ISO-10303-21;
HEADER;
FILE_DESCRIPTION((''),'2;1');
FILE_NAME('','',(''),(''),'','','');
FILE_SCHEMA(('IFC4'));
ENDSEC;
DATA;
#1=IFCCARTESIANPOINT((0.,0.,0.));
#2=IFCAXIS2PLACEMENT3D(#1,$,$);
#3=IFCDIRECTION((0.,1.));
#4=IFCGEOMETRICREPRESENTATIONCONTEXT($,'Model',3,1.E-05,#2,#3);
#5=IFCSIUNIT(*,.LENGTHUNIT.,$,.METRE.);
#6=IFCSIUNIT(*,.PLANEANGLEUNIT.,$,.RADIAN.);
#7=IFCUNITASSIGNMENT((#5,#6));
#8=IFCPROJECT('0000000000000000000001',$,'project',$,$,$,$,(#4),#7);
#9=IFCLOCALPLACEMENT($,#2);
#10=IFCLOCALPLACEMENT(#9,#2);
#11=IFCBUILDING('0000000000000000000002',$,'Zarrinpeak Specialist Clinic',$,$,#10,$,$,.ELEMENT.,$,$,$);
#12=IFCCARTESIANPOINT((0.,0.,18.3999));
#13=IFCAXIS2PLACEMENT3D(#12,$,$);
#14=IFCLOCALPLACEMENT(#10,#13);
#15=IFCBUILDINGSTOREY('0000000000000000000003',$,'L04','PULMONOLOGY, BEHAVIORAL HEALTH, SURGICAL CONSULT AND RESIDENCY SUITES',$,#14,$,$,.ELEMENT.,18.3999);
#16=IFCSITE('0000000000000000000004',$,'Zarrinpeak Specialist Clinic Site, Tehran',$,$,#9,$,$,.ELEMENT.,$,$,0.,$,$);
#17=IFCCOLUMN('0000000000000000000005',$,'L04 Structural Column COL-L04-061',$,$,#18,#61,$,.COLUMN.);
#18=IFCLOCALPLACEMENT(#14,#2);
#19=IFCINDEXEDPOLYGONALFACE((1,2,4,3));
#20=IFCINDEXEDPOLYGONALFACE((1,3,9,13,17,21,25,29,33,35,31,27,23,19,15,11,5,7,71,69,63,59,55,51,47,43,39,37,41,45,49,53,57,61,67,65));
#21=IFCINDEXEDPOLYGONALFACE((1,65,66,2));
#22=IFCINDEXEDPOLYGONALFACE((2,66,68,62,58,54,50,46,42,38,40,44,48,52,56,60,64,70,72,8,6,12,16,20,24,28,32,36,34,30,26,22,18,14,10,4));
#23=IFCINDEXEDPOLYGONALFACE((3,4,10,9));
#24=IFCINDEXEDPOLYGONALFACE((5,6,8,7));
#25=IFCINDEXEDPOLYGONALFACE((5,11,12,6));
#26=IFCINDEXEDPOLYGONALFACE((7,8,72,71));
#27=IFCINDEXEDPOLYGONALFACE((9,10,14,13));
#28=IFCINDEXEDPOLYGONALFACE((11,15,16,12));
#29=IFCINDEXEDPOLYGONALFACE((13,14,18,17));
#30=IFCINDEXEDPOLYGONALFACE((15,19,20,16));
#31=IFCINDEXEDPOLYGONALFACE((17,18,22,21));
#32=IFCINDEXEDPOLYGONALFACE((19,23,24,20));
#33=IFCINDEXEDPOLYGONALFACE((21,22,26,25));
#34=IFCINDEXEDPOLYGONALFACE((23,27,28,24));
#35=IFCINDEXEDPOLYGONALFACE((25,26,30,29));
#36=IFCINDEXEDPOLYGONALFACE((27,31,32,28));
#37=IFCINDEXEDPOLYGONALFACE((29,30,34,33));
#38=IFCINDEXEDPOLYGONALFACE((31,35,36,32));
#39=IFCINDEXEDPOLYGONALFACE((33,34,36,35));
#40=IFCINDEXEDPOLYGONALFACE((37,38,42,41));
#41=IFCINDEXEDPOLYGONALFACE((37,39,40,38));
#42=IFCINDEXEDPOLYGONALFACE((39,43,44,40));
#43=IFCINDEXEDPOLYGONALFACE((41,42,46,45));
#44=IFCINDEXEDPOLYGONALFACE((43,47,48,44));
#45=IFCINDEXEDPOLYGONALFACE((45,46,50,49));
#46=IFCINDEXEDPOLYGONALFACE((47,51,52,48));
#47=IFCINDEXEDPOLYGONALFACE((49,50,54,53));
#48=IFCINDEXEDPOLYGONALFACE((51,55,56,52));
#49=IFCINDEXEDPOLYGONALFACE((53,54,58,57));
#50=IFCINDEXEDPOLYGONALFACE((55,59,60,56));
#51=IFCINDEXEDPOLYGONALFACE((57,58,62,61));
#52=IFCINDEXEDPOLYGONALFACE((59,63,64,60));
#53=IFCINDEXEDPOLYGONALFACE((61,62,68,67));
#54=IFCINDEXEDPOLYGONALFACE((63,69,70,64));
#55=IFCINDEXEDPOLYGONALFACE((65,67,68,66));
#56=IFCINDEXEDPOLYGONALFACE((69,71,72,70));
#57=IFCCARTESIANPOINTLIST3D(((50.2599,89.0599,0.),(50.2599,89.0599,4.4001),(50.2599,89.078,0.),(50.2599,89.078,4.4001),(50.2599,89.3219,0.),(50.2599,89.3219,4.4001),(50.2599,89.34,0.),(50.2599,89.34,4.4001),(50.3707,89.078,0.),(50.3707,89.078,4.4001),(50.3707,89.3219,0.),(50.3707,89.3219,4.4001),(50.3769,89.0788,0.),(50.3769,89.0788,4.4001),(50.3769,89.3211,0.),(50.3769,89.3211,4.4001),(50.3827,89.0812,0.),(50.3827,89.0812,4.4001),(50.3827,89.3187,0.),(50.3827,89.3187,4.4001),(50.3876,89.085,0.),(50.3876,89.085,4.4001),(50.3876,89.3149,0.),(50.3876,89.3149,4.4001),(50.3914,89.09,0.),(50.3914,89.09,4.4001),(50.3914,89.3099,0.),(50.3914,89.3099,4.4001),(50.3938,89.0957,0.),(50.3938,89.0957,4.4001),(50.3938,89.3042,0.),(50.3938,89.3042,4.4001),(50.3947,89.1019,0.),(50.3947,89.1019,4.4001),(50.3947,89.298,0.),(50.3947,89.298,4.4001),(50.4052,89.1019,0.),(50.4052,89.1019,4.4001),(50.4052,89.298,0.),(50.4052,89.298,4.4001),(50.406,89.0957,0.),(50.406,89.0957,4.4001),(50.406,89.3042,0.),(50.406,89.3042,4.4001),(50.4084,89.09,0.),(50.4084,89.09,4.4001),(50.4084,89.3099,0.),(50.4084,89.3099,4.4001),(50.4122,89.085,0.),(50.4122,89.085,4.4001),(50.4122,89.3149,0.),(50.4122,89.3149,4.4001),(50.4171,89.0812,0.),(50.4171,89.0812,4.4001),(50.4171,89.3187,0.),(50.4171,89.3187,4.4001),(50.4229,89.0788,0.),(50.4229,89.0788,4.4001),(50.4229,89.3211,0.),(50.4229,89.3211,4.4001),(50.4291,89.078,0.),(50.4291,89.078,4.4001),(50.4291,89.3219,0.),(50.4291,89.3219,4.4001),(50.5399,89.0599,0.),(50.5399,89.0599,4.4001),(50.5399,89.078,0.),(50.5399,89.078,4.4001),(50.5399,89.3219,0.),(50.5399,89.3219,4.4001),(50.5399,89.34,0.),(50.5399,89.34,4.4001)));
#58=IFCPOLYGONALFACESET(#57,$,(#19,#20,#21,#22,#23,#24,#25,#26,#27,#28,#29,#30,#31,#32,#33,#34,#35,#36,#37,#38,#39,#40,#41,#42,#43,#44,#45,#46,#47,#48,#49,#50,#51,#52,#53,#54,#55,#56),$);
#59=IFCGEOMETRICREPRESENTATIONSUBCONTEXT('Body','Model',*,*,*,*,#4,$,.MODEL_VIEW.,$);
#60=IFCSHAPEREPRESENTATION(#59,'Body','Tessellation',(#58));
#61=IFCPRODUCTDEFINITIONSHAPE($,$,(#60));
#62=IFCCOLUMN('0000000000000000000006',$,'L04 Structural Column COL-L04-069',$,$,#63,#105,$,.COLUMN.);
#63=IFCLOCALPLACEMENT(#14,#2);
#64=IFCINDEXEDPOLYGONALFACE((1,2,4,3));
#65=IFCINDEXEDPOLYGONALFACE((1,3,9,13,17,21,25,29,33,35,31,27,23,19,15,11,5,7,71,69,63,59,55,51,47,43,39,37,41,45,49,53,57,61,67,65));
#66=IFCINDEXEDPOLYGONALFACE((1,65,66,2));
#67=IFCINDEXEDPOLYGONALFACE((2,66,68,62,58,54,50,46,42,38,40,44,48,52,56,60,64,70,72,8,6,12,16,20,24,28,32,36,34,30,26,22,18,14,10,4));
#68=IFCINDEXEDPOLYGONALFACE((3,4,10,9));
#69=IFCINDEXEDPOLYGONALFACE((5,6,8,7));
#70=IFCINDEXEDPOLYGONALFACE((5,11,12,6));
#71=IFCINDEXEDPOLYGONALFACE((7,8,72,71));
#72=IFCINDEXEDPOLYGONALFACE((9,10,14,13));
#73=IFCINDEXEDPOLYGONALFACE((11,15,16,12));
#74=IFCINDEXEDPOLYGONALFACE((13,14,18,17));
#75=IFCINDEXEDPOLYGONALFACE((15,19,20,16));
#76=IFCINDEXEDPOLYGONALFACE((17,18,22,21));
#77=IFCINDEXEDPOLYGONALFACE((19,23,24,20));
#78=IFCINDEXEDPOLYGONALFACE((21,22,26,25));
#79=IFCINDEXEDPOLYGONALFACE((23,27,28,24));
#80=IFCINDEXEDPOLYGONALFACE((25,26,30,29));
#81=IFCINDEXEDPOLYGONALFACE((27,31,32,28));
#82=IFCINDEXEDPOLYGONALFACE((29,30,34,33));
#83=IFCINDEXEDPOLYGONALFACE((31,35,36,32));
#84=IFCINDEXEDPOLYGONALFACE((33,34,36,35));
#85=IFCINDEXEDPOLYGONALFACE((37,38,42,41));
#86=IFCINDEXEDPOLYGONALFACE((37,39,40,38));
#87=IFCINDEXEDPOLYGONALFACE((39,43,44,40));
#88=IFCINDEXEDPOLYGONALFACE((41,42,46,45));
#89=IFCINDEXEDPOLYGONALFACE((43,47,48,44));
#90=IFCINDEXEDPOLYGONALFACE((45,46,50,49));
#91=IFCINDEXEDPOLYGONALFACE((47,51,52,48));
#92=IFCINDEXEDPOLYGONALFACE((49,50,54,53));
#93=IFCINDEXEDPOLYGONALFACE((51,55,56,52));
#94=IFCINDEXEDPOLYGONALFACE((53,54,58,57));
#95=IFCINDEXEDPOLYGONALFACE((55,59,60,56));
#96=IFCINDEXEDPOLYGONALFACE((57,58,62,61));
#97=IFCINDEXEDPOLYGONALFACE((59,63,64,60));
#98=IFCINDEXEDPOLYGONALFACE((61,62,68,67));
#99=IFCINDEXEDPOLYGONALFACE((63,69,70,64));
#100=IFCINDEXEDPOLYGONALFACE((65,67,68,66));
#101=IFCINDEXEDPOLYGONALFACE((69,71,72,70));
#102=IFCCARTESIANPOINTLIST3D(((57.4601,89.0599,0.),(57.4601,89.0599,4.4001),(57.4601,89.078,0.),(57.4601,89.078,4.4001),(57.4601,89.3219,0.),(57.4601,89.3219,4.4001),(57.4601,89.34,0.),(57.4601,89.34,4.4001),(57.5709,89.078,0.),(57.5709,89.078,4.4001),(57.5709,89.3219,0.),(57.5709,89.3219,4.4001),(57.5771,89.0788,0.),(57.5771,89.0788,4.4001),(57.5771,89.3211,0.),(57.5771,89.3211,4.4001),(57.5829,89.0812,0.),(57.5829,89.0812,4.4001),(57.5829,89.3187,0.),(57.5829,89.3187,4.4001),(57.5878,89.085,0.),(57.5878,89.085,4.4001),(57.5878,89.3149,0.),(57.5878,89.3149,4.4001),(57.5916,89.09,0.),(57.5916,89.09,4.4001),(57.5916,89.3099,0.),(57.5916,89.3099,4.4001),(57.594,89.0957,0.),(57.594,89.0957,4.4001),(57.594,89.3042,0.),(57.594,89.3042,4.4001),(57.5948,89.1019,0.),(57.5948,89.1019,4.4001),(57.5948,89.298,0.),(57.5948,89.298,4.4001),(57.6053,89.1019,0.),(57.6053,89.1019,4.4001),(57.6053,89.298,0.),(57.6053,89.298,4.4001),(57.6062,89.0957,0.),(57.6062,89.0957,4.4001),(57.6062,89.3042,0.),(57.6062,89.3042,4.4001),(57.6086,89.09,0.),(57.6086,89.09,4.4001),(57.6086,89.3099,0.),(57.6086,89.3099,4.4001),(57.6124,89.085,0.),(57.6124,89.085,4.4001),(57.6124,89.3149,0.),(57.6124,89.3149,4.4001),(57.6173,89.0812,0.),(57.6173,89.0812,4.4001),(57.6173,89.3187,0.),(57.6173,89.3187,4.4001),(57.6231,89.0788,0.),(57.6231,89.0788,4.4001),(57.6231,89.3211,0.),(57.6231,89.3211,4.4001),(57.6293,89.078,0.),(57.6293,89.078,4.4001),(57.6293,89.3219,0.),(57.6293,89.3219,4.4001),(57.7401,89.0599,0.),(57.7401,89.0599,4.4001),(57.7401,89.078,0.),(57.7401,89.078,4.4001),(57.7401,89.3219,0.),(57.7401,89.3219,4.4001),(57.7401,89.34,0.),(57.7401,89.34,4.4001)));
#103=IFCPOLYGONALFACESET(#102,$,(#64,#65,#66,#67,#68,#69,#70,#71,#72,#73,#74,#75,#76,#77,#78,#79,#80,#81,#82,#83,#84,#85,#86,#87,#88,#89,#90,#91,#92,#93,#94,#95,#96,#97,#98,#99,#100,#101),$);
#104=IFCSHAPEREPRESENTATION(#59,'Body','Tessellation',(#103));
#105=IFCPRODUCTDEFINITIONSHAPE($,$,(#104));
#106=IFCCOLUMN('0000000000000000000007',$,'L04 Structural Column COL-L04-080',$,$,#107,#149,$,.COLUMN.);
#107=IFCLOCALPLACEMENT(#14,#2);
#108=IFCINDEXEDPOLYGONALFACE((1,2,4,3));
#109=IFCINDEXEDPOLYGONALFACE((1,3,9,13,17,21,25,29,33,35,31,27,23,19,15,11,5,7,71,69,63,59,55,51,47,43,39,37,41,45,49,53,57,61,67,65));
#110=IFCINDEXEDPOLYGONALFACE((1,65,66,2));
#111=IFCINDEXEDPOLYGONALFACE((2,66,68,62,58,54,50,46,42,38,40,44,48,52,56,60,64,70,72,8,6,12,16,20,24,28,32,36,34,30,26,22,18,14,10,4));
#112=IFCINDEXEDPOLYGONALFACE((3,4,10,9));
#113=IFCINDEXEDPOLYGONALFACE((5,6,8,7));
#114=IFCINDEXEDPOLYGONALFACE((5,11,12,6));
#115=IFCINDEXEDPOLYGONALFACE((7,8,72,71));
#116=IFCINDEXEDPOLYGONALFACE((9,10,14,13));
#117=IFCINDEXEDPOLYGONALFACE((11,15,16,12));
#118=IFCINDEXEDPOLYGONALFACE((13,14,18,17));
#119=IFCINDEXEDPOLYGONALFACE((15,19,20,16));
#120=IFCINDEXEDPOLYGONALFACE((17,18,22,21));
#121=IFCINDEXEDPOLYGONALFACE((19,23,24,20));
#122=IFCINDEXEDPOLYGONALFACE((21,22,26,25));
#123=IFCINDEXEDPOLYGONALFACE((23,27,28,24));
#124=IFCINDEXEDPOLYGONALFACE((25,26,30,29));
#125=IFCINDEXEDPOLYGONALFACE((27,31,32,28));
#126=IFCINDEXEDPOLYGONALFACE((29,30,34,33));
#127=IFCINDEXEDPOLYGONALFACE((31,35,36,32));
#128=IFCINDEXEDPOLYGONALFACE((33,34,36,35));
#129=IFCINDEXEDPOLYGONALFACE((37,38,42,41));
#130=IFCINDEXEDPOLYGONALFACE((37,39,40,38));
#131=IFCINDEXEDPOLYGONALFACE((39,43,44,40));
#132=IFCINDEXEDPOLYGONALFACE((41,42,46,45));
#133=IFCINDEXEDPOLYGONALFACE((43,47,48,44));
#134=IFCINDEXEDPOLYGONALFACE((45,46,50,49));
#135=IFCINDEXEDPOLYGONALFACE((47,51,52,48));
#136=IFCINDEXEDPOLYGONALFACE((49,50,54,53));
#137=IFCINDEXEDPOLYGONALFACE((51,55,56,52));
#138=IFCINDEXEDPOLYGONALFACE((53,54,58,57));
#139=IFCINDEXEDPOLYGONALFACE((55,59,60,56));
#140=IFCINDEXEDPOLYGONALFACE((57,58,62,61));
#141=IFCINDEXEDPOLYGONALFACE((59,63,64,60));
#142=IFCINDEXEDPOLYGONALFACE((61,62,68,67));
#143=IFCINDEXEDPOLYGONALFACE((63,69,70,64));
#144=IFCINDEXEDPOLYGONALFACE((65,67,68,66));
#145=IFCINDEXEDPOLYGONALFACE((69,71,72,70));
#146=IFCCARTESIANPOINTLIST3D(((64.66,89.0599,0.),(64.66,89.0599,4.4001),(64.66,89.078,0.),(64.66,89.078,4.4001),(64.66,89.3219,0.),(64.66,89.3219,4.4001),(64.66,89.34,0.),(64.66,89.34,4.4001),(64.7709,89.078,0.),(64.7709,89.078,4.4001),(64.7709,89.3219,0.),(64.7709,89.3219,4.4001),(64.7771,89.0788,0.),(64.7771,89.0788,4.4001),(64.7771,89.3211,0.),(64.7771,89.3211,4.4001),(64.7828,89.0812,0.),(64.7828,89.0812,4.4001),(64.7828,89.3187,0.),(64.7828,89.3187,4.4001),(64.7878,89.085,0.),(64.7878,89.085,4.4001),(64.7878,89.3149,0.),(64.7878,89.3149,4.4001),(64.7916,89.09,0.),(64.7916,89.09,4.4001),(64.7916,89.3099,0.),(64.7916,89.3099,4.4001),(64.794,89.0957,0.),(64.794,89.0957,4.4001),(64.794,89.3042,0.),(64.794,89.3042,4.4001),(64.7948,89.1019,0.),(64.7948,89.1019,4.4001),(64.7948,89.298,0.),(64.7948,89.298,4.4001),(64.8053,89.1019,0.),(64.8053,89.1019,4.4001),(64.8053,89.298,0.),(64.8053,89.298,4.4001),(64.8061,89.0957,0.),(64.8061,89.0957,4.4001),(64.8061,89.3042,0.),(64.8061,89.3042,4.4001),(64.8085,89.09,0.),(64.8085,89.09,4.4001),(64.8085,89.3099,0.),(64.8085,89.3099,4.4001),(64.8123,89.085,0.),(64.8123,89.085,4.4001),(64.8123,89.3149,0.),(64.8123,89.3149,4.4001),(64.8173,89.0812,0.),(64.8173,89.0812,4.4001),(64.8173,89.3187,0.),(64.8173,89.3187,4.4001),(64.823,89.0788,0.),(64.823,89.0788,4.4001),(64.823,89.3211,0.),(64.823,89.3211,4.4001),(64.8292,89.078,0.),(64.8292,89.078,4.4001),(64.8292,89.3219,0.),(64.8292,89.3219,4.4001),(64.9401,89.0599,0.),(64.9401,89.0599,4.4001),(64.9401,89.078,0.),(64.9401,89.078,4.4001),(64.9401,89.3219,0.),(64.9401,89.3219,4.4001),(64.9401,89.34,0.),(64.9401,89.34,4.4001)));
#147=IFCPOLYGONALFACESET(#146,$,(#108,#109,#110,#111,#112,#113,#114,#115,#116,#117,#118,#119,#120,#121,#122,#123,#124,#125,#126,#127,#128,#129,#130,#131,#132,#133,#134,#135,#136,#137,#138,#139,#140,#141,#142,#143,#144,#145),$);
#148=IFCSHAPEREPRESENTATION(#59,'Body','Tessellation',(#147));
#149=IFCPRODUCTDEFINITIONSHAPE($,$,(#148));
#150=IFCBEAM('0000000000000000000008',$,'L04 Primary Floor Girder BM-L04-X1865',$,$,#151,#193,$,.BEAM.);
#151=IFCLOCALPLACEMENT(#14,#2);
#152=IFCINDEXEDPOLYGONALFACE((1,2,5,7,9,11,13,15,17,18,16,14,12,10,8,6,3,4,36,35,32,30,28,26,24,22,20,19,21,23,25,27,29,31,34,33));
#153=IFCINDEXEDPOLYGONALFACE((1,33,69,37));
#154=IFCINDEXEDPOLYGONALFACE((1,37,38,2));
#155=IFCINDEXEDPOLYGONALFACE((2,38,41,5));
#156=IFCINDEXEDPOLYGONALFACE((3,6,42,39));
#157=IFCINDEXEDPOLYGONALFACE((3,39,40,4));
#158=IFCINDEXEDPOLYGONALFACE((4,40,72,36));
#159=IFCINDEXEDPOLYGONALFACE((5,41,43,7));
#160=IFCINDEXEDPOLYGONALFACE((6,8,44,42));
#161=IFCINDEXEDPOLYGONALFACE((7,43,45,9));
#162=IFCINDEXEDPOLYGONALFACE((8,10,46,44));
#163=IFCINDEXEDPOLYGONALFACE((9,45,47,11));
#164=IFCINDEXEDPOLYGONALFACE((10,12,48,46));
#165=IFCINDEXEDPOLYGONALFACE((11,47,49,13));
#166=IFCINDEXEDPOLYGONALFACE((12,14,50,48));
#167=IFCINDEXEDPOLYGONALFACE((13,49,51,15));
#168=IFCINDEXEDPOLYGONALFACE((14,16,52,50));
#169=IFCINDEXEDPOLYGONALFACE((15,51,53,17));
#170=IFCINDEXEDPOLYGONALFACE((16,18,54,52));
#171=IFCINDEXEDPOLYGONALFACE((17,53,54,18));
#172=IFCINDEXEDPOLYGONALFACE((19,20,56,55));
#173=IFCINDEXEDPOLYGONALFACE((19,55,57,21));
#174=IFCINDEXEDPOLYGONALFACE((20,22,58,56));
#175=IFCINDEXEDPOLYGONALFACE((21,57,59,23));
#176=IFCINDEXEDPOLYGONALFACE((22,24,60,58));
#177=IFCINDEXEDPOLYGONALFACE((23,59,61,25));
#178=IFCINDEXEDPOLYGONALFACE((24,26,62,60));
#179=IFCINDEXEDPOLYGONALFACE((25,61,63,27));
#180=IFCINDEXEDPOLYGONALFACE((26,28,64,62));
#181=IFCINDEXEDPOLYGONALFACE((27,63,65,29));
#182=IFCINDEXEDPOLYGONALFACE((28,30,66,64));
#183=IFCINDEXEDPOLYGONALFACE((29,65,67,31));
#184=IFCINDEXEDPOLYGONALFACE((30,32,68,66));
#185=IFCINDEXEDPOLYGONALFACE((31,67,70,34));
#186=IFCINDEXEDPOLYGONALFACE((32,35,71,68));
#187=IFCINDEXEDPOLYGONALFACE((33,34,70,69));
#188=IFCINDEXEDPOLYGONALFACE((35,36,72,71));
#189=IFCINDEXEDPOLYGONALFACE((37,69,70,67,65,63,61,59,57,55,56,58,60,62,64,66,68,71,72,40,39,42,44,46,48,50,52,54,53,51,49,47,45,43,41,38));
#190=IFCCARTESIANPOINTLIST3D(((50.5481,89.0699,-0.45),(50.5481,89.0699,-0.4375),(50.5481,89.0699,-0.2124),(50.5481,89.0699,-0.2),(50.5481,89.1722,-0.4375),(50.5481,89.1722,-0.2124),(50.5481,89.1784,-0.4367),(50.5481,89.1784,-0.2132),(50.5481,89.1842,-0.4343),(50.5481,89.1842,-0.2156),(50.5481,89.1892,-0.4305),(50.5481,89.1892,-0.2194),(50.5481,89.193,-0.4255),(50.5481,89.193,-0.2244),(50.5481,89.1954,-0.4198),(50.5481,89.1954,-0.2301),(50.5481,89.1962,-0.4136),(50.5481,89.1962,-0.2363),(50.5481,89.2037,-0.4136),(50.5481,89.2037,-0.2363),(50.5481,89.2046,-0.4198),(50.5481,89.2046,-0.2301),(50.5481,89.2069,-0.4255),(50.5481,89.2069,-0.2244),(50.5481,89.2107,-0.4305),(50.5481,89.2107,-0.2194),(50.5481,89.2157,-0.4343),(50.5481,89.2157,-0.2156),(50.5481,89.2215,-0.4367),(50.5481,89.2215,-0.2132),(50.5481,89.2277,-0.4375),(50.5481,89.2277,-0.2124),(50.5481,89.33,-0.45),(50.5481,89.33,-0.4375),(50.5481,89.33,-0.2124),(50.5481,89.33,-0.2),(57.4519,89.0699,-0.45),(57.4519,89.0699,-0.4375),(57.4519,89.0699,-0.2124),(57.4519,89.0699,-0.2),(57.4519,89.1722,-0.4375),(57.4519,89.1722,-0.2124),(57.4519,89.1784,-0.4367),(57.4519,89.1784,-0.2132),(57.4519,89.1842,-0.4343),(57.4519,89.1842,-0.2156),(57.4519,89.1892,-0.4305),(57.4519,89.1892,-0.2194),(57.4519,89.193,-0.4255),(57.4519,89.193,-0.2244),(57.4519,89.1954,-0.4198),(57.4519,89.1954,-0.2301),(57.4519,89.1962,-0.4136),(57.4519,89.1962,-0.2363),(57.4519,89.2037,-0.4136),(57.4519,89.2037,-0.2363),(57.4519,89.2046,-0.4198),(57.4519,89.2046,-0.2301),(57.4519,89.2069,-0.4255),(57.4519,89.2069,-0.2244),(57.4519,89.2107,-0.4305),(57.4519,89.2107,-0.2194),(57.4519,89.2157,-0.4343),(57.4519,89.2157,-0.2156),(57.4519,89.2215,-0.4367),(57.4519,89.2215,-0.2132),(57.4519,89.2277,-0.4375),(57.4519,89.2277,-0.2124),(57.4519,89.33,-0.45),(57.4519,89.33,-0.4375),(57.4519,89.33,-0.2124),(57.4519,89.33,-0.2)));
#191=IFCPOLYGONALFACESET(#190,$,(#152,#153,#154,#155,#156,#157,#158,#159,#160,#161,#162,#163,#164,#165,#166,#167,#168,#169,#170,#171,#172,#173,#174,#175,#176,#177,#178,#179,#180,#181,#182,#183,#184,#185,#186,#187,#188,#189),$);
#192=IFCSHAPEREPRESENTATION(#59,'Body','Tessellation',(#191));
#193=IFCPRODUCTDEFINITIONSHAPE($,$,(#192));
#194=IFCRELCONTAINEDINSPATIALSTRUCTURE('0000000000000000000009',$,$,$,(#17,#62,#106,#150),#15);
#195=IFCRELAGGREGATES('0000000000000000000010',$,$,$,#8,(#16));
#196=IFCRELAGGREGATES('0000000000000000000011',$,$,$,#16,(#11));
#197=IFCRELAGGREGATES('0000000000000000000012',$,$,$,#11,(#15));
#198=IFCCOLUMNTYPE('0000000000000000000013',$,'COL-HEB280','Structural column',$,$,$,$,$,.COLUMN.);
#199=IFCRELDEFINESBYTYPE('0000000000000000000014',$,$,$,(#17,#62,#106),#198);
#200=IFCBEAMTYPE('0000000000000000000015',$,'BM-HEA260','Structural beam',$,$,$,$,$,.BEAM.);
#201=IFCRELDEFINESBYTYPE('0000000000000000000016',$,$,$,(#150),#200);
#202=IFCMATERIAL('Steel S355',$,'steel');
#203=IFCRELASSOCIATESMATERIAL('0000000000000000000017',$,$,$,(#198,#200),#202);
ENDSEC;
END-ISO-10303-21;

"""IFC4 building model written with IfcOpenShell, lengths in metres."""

from ifc_helpers import new_model, si_unit, direction, frame, origin, origin_2d, place, context, subcontext, project, spatial, i_section, extrude, material, material_profile, profile_set, type_object, element, save


model = new_model("IFC4")

# Units and contexts
model_context = context("Model", 3, precision=1e-05, world=origin(), true_north=direction((0.0, 1.0)))
body_context = subcontext(model_context, "Body", "Model", "MODEL_VIEW")
ifc_project = project(units=[si_unit("LENGTHUNIT", "METRE"), si_unit("PLANEANGLEUNIT", "RADIAN")], contexts=[model_context])

# Site, building, storey
site_placement = place(None, origin())
site = spatial("IfcSite", under=ifc_project, at=site_placement, Name="Zarrinpeak Specialist Clinic Site, Tehran", CompositionType="ELEMENT", RefElevation=0.0)
building_placement = place(site_placement, origin())
building = spatial("IfcBuilding", under=site, at=building_placement, Name="Zarrinpeak Specialist Clinic", CompositionType="ELEMENT")
storey_placement = place(building_placement, frame((0.0, 0.0, 18.3999)))
storey = spatial("IfcBuildingStorey", under=building, at=storey_placement, Name="L04", Description="PULMONOLOGY, BEHAVIORAL HEALTH, SURGICAL CONSULT AND RESIDENCY SUITES", CompositionType="ELEMENT", Elevation=18.3999)

# Columns
ifc_material_1 = material(Name="Steel S355", Category="steel")
ifc_material_profile_1 = material_profile(ifc_material_1, i_section(OverallWidth=0.28, OverallDepth=0.28, WebThickness=0.0105, FlangeThickness=0.0181, FilletRadius=0.0239, at=origin_2d()), Name="HEB 280")
ifc_profile_set_1 = profile_set([ifc_material_profile_1], Name="Steel S355")
column_type = type_object("IfcColumnType", Name="COL-HEB280", Description="Structural column", PredefinedType="COLUMN", material=ifc_profile_set_1)
for number, where, z_axis, x_axis, name in (
    (1, (50.3999, 89.2, 0.0), (0.0, 0.0, 1.0), (1.0, 0.0, 0.0), "L04 Structural Column COL-L04-061"),
    (2, (57.6001, 89.2, 0.0), (0.0, 0.0, 1.0), (1.0, 0.0, 0.0), "L04 Structural Column COL-L04-069"),
    (3, (64.8, 89.2, 0.0), (0.0, 0.0, 1.0), (1.0, 0.0, 0.0), "L04 Structural Column COL-L04-080"),
):
    element("IfcColumn", number, at=place(storey_placement, frame(where, z_axis=z_axis, x_axis=x_axis)), inside=storey, type_object=column_type, Name=name, PredefinedType="COLUMN", context=body_context, shape_type="SweptSolid", body=[
        extrude(i_section(OverallWidth=0.28, OverallDepth=0.28, WebThickness=0.0105, FlangeThickness=0.0181, FilletRadius=0.0239, at=origin_2d()), origin(), (0.0, 0.0, 1.0), 4.4001),
    ])

# Beam
ifc_material_profile_2 = material_profile(ifc_material_1, i_section(OverallWidth=0.26, OverallDepth=0.25, WebThickness=0.0076, FlangeThickness=0.0125, FilletRadius=0.0239, at=origin_2d()), Name="HEA 260")
ifc_profile_set_2 = profile_set([ifc_material_profile_2], Name="Steel S355")
beam_type = type_object("IfcBeamType", Name="BM-HEA260", Description="Structural beam", PredefinedType="BEAM", material=ifc_profile_set_2)
beam_1_placement = place(storey_placement, frame((50.5481, 89.2, -0.325), z_axis=(1.0, 0.0, 0.0), x_axis=(0.0, 1.0, 0.0)))
element("IfcBeam", 4, at=beam_1_placement, inside=storey, type_object=beam_type, Name="L04 Primary Floor Girder BM-L04-X1865", PredefinedType="BEAM", context=body_context, shape_type="SweptSolid", body=[
    extrude(i_section(OverallWidth=0.26, OverallDepth=0.25, WebThickness=0.0076, FlangeThickness=0.0125, FilletRadius=0.0239, at=origin_2d()), origin(), (0.0, 0.0, 1.0), 6.9038),
])

save(model, "model.ifc")
